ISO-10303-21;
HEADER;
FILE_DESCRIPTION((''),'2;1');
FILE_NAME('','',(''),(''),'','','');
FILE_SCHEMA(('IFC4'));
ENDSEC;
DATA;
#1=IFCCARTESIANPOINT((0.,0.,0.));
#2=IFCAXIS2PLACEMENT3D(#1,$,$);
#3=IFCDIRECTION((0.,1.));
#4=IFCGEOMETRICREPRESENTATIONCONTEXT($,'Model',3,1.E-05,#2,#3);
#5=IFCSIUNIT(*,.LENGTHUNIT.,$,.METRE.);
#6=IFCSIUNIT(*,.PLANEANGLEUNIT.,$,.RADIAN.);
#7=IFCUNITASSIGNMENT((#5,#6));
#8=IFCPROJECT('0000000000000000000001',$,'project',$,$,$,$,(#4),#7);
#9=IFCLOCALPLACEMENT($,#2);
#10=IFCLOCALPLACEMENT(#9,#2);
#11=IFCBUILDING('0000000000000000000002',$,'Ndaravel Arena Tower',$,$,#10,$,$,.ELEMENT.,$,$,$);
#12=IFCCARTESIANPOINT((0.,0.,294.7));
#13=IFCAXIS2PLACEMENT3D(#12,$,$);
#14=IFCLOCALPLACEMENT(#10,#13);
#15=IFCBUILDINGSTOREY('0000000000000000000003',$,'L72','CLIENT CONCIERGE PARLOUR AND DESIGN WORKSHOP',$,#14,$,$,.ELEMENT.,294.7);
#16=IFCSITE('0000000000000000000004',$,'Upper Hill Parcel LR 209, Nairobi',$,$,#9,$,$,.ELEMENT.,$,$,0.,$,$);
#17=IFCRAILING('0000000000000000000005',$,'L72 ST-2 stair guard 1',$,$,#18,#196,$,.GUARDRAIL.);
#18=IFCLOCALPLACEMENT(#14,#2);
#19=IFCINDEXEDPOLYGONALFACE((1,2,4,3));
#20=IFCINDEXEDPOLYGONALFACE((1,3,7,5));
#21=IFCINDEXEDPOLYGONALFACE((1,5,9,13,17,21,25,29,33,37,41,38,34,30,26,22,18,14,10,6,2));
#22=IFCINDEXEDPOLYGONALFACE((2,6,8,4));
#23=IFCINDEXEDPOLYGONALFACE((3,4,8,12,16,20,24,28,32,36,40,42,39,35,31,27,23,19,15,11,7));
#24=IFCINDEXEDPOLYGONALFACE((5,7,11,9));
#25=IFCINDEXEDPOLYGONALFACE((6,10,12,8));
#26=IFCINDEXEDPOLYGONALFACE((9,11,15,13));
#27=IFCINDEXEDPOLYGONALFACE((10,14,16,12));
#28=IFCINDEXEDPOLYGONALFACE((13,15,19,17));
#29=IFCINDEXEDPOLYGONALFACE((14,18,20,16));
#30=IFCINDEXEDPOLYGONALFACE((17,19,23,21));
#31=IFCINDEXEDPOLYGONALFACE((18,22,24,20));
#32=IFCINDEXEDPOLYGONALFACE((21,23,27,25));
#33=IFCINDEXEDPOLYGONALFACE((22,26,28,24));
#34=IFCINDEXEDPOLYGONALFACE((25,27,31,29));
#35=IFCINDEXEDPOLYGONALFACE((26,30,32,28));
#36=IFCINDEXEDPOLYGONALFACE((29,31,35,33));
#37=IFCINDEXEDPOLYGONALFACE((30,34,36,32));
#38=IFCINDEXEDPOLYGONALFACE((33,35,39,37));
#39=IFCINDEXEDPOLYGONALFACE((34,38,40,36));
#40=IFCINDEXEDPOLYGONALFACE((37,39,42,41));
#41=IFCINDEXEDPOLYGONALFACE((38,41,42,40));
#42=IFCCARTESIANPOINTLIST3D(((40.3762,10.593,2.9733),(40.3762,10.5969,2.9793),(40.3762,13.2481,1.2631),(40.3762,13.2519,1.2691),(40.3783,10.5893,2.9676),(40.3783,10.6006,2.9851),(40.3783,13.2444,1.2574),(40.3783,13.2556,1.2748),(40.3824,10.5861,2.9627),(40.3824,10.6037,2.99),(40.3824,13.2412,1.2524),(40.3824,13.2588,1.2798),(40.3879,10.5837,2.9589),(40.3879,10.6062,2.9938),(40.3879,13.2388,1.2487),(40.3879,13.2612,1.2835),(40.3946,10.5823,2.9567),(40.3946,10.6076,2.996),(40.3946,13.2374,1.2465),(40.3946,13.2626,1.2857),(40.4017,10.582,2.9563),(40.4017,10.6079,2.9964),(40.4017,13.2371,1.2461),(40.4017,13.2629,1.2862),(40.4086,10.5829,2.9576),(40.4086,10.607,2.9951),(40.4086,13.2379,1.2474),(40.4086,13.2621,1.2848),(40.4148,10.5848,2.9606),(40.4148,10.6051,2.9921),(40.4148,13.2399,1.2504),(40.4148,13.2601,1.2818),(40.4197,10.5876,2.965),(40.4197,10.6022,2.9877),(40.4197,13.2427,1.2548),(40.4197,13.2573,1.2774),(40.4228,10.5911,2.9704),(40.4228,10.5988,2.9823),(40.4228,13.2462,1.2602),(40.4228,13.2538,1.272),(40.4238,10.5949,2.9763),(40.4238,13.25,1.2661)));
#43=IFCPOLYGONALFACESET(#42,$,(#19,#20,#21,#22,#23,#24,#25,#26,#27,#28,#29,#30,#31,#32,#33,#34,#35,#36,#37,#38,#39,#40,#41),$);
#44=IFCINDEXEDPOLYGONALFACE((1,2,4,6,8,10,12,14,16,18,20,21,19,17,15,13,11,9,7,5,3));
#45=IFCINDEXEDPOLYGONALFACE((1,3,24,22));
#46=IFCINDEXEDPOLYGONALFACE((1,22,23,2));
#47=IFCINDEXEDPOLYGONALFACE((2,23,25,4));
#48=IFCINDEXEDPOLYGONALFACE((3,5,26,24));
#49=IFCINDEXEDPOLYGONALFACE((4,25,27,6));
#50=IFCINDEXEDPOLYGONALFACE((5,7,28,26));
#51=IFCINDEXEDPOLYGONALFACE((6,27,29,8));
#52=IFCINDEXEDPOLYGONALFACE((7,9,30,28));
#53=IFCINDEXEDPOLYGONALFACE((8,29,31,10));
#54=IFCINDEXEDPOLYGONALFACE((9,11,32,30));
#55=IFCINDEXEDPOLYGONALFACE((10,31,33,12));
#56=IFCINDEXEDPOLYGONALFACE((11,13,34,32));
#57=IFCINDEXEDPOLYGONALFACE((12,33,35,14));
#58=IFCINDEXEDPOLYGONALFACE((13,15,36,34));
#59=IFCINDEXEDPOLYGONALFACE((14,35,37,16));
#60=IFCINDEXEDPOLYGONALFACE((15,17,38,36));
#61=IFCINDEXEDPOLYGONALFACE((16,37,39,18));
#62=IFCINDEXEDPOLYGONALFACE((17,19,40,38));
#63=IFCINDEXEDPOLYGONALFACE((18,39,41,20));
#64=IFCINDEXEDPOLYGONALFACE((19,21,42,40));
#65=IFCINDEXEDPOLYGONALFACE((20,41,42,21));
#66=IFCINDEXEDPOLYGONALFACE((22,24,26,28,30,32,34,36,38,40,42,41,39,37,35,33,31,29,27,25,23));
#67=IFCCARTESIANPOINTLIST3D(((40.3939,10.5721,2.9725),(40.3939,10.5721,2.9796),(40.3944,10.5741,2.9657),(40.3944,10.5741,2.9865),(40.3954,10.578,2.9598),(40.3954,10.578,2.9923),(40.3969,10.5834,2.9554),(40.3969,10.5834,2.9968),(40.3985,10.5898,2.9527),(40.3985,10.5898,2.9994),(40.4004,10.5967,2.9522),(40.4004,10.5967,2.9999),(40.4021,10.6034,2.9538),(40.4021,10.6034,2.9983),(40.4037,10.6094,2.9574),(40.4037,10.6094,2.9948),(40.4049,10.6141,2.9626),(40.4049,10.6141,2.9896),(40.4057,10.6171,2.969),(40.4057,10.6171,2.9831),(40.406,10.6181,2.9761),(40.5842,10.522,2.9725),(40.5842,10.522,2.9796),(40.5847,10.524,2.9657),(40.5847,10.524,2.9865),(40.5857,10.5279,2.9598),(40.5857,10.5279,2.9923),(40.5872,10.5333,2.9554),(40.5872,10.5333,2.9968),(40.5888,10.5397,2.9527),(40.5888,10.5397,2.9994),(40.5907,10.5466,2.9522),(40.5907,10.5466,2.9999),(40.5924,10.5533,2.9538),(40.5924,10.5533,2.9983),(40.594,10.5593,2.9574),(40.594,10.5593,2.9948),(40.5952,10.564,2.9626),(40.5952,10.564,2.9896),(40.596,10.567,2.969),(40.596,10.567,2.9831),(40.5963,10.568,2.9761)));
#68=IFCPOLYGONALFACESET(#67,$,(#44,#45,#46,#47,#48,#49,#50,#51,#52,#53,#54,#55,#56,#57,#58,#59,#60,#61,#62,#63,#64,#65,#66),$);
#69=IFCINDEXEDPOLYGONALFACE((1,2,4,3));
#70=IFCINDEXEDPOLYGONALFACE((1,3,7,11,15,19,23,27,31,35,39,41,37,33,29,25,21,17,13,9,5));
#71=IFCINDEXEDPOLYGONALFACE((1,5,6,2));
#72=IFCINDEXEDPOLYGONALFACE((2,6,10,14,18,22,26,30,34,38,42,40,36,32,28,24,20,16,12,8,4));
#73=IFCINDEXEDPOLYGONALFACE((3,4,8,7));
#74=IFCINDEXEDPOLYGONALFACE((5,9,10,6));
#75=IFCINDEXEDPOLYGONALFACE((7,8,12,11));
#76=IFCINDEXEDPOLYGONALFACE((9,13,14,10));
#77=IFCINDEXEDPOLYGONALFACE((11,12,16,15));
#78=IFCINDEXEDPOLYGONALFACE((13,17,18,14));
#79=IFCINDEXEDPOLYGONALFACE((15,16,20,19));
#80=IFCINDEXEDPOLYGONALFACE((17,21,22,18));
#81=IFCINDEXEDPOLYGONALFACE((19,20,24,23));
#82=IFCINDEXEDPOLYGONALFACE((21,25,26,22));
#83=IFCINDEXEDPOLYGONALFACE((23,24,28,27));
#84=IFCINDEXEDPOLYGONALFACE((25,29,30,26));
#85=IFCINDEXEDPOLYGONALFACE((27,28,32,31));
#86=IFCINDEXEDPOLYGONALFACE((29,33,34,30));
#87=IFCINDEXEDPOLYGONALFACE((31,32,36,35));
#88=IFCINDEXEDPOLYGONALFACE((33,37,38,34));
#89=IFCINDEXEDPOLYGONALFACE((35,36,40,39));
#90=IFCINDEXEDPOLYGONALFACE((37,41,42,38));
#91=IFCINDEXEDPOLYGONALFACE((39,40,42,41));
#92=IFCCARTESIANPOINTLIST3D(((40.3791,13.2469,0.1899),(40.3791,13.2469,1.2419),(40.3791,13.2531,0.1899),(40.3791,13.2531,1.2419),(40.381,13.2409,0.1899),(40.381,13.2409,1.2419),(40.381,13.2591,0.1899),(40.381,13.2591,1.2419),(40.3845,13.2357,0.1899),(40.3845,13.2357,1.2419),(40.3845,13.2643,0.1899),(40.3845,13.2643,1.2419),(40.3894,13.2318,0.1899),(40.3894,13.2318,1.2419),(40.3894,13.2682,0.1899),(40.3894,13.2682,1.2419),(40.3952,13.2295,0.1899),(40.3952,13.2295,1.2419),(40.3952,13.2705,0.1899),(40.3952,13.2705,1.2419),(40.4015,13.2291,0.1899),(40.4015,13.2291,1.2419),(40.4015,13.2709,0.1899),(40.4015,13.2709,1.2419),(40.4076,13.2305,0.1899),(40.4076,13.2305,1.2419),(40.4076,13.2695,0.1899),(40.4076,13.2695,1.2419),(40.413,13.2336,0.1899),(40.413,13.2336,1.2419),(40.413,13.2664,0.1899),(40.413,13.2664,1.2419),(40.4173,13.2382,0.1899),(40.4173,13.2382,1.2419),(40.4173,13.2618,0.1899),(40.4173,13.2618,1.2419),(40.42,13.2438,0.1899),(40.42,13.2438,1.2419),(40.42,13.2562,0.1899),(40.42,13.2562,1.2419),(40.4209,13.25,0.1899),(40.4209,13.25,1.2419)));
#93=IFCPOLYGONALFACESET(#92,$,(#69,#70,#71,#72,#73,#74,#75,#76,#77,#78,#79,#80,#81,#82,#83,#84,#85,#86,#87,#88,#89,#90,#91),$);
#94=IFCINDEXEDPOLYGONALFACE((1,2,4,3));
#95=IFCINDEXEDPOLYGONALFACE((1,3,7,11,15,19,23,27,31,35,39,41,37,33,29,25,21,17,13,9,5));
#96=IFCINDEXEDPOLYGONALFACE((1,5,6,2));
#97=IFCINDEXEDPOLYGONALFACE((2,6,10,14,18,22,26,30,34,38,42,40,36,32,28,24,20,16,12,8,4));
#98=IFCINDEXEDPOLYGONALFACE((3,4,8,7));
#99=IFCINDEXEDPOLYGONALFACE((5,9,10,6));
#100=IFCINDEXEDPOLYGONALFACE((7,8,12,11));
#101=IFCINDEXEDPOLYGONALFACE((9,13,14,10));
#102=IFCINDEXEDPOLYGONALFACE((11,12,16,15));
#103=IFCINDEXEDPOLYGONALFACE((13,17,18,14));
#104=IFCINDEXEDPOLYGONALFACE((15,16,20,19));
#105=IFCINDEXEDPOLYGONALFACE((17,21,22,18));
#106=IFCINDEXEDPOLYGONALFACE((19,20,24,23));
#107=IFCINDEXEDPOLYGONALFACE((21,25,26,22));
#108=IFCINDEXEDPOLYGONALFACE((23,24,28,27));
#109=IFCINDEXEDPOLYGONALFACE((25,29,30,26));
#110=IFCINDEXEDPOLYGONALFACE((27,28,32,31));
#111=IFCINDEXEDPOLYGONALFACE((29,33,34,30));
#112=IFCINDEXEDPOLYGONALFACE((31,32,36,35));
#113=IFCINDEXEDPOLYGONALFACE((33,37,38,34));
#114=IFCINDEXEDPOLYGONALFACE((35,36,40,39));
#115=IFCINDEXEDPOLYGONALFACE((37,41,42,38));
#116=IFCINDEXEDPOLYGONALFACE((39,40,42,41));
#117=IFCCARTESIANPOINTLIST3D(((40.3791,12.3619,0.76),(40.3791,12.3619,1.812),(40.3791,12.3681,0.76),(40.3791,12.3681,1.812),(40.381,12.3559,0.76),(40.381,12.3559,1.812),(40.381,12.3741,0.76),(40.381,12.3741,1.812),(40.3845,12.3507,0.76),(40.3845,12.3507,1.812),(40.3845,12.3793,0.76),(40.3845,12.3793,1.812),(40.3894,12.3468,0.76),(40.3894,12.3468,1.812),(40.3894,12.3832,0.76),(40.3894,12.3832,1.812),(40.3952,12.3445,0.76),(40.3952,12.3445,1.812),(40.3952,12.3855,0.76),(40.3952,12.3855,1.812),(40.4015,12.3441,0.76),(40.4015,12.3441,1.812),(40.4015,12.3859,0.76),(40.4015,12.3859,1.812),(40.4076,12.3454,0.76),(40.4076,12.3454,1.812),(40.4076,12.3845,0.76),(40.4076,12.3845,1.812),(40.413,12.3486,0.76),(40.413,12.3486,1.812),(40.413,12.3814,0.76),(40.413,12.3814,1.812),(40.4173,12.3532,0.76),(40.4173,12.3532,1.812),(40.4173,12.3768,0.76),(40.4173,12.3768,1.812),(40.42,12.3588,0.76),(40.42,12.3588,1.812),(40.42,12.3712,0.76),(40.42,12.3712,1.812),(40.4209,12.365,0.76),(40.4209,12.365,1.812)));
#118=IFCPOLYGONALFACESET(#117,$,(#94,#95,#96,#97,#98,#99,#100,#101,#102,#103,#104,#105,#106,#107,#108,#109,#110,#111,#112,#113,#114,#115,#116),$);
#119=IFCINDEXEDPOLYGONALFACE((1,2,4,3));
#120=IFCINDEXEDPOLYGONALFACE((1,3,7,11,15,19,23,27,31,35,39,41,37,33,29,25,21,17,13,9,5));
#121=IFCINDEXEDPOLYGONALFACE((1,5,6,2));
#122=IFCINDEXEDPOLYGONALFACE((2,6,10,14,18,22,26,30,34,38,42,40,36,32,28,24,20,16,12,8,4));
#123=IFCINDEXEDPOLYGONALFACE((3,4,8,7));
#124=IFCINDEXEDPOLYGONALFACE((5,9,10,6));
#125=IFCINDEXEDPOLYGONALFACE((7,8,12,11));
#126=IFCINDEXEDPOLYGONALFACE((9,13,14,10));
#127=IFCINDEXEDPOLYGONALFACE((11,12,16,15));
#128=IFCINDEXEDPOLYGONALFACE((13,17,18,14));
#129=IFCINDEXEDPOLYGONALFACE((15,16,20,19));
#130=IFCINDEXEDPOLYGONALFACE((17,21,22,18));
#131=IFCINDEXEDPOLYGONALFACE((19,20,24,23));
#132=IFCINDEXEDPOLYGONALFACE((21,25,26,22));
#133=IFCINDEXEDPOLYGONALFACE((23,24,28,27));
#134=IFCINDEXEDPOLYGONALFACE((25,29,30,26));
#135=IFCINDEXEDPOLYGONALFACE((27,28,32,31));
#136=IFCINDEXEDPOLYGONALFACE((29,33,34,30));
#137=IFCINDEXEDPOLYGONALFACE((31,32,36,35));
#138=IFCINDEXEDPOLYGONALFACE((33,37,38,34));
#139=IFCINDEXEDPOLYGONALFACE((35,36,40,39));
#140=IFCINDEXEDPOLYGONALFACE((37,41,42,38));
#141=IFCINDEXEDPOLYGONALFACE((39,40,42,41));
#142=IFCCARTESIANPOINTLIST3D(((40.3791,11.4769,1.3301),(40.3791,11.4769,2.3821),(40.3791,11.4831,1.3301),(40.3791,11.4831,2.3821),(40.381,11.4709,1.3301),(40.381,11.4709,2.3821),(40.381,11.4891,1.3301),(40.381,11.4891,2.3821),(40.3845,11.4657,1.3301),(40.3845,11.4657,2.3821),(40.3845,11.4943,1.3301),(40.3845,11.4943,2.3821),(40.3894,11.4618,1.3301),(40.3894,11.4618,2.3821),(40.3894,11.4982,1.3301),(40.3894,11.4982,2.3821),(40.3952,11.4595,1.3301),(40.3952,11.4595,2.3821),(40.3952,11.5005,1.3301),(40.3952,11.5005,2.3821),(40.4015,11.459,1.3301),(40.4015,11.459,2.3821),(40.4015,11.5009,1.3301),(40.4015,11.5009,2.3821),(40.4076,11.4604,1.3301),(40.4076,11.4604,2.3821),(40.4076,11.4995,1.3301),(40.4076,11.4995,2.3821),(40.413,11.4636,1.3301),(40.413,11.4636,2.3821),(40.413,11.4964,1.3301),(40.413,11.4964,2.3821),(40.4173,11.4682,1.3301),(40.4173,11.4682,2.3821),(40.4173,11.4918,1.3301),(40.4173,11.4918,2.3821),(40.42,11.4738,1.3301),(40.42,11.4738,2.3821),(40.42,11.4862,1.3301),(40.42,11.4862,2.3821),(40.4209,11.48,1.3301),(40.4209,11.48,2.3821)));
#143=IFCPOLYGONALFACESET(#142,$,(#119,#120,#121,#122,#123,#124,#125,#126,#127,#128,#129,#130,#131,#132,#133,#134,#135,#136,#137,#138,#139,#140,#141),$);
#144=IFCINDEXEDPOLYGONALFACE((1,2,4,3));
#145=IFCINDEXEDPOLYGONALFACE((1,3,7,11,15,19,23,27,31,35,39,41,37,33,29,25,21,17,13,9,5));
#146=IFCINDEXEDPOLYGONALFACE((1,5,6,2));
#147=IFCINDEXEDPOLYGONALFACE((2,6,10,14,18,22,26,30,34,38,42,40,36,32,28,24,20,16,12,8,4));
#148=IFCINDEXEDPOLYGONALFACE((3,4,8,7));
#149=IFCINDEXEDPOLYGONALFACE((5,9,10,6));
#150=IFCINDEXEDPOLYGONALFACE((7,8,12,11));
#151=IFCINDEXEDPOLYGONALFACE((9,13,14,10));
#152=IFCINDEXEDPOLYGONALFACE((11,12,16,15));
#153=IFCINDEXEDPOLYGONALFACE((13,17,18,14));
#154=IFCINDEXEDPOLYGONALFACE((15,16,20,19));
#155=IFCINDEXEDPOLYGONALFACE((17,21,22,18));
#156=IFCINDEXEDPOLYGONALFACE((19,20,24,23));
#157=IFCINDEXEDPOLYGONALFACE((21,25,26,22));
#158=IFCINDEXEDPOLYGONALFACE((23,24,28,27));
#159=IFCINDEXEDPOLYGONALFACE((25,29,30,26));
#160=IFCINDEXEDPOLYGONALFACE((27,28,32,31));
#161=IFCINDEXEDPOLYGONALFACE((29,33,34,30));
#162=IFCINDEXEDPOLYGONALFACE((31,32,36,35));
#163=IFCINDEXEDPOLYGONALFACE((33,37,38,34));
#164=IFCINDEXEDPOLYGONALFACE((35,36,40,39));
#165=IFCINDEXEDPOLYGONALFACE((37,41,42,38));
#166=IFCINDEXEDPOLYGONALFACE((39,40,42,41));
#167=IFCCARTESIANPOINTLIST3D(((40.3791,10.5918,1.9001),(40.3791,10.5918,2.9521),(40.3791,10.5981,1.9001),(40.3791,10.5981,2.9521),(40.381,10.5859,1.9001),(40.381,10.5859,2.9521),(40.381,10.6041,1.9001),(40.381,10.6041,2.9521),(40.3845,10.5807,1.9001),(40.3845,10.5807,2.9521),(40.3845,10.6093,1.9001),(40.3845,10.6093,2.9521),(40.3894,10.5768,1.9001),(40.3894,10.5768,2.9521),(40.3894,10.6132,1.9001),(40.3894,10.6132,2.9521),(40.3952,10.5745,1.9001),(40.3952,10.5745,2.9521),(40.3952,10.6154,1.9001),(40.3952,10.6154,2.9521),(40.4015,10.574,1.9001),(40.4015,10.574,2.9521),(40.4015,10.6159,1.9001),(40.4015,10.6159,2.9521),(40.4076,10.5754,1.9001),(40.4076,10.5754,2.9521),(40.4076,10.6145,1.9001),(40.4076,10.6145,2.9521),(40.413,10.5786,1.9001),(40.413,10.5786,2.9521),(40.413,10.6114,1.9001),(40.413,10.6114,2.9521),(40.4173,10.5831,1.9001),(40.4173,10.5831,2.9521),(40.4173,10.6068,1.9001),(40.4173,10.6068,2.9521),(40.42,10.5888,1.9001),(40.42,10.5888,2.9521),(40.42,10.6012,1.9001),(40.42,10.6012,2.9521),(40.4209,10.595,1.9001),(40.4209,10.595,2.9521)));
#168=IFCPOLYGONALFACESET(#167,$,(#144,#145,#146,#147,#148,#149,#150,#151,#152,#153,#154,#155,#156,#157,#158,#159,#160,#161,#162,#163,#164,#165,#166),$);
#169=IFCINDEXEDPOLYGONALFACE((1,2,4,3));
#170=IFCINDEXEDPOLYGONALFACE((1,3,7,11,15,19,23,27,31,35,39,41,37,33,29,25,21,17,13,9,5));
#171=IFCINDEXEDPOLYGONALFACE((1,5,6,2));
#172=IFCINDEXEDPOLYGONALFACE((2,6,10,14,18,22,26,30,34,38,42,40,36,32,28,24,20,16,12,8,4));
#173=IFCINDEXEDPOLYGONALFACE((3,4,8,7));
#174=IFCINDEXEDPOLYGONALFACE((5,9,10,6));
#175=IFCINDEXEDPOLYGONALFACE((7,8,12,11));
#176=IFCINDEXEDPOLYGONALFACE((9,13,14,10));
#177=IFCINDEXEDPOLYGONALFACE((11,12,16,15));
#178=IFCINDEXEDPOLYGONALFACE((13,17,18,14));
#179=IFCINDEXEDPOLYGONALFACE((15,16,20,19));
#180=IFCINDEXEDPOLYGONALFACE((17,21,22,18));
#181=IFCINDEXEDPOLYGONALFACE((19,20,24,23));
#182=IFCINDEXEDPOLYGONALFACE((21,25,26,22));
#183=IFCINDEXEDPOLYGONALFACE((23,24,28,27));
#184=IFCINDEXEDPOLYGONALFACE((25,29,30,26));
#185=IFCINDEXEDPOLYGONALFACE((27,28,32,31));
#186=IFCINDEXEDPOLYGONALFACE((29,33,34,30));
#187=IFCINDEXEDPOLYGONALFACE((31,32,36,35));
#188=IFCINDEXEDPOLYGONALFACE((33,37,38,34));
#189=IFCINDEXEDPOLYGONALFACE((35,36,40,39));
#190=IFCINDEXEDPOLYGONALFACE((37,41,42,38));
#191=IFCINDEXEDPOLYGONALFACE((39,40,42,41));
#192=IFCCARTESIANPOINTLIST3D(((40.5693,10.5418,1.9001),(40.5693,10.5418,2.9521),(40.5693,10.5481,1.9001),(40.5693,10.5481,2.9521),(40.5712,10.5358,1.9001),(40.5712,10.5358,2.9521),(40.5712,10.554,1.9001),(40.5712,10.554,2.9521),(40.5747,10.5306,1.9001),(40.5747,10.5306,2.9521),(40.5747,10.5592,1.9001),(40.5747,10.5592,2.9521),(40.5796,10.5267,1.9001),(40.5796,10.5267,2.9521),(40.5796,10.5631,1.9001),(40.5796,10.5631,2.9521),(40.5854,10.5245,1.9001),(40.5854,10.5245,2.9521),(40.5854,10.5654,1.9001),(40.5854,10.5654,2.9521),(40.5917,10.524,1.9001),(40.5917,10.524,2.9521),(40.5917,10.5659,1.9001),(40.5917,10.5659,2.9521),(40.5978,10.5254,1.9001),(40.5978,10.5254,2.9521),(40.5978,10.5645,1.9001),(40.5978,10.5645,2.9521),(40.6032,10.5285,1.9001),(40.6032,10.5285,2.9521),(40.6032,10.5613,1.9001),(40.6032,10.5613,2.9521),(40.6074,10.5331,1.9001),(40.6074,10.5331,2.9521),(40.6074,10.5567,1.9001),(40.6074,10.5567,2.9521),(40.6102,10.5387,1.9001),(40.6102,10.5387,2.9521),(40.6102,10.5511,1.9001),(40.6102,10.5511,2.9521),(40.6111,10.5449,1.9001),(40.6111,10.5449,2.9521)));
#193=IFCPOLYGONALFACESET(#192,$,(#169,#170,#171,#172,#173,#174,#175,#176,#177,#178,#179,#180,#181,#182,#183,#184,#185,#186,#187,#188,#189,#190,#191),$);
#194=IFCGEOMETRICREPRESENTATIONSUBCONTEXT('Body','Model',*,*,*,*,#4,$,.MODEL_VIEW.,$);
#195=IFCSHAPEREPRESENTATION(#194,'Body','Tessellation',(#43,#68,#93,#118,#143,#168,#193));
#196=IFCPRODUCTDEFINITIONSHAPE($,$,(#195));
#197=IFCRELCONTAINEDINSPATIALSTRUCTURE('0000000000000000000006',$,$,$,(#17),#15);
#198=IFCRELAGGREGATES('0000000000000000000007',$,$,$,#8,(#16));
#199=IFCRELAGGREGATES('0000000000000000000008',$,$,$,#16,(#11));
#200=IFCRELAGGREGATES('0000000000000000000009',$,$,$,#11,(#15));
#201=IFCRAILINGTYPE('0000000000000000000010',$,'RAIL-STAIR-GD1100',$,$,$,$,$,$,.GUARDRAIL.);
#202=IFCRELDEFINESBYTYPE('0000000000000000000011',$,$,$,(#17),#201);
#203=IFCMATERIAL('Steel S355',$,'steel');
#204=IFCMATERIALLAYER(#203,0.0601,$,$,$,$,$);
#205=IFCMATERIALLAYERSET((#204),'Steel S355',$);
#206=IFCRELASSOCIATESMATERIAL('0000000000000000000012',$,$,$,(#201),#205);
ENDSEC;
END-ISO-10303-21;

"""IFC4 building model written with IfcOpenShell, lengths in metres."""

from ifc_helpers import new_model, si_unit, direction, frame, origin, origin_2d, place, context, subcontext, project, spatial, circle, extrude, material, layer, layer_set, type_object, element, save


model = new_model("IFC4")

# Units and contexts
model_context = context("Model", 3, precision=1e-05, world=origin(), true_north=direction((0.0, 1.0)))
body_context = subcontext(model_context, "Body", "Model", "MODEL_VIEW")
ifc_project = project(units=[si_unit("LENGTHUNIT", "METRE"), si_unit("PLANEANGLEUNIT", "RADIAN")], contexts=[model_context])

# Site, building, storey
site_placement = place(None, origin())
site = spatial("IfcSite", under=ifc_project, at=site_placement, Name="Upper Hill Parcel LR 209, Nairobi", CompositionType="ELEMENT", RefElevation=0.0)
building_placement = place(site_placement, origin())
building = spatial("IfcBuilding", under=site, at=building_placement, Name="Ndaravel Arena Tower", CompositionType="ELEMENT")
storey_placement = place(building_placement, frame((0.0, 0.0, 294.7)))
storey = spatial("IfcBuildingStorey", under=building, at=storey_placement, Name="L72", Description="CLIENT CONCIERGE PARLOUR AND DESIGN WORKSHOP", CompositionType="ELEMENT", Elevation=294.7)

# Railing
ifc_material_1 = material(Name="Steel S355", Category="steel")
ifc_layer_1 = layer(ifc_material_1, 0.0601)
ifc_layer_set_1 = layer_set([ifc_layer_1], Name="Steel S355")
railing_type_1 = type_object("IfcRailingType", Name="RAIL-STAIR-GD1100", PredefinedType="GUARDRAIL", material=ifc_layer_set_1)
railing_1_placement = place(storey_placement, frame((40.3999, 13.25, 0.1899)))
element("IfcRailing", 1, at=railing_1_placement, inside=storey, type_object=railing_type_1, Name="L72 ST-2 stair guard 1", PredefinedType="GUARDRAIL", context=body_context, shape_type="SweptSolid", body=[
    extrude(circle(Radius=0.0239, at=origin_2d()), frame((0.0, 0.0, 1.0762), z_axis=(0.0, -0.840688, 0.541519), x_axis=(1.0, 0.0, 0.0)), (0.0, 0.0, 1.0), 3.1582),
    extrude(circle(Radius=0.0239, at=origin_2d()), frame((0.0, -2.655, 2.7861), z_axis=(0.967075, -0.254493, 0.0), x_axis=(0.254493, 0.967075, 0.0)), (0.0, 0.0, 1.0), 0.1968),
    extrude(circle(Radius=0.021, at=origin_2d()), origin(), (0.0, 0.0, 1.0), 1.052),
    extrude(circle(Radius=0.021, at=origin_2d()), frame((0.0, -0.885, 0.5701)), (0.0, 0.0, 1.0), 1.052),
    extrude(circle(Radius=0.021, at=origin_2d()), frame((0.0, -1.77, 1.1401)), (0.0, 0.0, 1.0), 1.052),
    extrude(circle(Radius=0.021, at=origin_2d()), frame((0.0, -2.655, 1.7102)), (0.0, 0.0, 1.0), 1.052),
    extrude(circle(Radius=0.021, at=origin_2d()), frame((0.1902, -2.7051, 1.7102)), (0.0, 0.0, 1.0), 1.052),
])

save(model, "model.ifc")
